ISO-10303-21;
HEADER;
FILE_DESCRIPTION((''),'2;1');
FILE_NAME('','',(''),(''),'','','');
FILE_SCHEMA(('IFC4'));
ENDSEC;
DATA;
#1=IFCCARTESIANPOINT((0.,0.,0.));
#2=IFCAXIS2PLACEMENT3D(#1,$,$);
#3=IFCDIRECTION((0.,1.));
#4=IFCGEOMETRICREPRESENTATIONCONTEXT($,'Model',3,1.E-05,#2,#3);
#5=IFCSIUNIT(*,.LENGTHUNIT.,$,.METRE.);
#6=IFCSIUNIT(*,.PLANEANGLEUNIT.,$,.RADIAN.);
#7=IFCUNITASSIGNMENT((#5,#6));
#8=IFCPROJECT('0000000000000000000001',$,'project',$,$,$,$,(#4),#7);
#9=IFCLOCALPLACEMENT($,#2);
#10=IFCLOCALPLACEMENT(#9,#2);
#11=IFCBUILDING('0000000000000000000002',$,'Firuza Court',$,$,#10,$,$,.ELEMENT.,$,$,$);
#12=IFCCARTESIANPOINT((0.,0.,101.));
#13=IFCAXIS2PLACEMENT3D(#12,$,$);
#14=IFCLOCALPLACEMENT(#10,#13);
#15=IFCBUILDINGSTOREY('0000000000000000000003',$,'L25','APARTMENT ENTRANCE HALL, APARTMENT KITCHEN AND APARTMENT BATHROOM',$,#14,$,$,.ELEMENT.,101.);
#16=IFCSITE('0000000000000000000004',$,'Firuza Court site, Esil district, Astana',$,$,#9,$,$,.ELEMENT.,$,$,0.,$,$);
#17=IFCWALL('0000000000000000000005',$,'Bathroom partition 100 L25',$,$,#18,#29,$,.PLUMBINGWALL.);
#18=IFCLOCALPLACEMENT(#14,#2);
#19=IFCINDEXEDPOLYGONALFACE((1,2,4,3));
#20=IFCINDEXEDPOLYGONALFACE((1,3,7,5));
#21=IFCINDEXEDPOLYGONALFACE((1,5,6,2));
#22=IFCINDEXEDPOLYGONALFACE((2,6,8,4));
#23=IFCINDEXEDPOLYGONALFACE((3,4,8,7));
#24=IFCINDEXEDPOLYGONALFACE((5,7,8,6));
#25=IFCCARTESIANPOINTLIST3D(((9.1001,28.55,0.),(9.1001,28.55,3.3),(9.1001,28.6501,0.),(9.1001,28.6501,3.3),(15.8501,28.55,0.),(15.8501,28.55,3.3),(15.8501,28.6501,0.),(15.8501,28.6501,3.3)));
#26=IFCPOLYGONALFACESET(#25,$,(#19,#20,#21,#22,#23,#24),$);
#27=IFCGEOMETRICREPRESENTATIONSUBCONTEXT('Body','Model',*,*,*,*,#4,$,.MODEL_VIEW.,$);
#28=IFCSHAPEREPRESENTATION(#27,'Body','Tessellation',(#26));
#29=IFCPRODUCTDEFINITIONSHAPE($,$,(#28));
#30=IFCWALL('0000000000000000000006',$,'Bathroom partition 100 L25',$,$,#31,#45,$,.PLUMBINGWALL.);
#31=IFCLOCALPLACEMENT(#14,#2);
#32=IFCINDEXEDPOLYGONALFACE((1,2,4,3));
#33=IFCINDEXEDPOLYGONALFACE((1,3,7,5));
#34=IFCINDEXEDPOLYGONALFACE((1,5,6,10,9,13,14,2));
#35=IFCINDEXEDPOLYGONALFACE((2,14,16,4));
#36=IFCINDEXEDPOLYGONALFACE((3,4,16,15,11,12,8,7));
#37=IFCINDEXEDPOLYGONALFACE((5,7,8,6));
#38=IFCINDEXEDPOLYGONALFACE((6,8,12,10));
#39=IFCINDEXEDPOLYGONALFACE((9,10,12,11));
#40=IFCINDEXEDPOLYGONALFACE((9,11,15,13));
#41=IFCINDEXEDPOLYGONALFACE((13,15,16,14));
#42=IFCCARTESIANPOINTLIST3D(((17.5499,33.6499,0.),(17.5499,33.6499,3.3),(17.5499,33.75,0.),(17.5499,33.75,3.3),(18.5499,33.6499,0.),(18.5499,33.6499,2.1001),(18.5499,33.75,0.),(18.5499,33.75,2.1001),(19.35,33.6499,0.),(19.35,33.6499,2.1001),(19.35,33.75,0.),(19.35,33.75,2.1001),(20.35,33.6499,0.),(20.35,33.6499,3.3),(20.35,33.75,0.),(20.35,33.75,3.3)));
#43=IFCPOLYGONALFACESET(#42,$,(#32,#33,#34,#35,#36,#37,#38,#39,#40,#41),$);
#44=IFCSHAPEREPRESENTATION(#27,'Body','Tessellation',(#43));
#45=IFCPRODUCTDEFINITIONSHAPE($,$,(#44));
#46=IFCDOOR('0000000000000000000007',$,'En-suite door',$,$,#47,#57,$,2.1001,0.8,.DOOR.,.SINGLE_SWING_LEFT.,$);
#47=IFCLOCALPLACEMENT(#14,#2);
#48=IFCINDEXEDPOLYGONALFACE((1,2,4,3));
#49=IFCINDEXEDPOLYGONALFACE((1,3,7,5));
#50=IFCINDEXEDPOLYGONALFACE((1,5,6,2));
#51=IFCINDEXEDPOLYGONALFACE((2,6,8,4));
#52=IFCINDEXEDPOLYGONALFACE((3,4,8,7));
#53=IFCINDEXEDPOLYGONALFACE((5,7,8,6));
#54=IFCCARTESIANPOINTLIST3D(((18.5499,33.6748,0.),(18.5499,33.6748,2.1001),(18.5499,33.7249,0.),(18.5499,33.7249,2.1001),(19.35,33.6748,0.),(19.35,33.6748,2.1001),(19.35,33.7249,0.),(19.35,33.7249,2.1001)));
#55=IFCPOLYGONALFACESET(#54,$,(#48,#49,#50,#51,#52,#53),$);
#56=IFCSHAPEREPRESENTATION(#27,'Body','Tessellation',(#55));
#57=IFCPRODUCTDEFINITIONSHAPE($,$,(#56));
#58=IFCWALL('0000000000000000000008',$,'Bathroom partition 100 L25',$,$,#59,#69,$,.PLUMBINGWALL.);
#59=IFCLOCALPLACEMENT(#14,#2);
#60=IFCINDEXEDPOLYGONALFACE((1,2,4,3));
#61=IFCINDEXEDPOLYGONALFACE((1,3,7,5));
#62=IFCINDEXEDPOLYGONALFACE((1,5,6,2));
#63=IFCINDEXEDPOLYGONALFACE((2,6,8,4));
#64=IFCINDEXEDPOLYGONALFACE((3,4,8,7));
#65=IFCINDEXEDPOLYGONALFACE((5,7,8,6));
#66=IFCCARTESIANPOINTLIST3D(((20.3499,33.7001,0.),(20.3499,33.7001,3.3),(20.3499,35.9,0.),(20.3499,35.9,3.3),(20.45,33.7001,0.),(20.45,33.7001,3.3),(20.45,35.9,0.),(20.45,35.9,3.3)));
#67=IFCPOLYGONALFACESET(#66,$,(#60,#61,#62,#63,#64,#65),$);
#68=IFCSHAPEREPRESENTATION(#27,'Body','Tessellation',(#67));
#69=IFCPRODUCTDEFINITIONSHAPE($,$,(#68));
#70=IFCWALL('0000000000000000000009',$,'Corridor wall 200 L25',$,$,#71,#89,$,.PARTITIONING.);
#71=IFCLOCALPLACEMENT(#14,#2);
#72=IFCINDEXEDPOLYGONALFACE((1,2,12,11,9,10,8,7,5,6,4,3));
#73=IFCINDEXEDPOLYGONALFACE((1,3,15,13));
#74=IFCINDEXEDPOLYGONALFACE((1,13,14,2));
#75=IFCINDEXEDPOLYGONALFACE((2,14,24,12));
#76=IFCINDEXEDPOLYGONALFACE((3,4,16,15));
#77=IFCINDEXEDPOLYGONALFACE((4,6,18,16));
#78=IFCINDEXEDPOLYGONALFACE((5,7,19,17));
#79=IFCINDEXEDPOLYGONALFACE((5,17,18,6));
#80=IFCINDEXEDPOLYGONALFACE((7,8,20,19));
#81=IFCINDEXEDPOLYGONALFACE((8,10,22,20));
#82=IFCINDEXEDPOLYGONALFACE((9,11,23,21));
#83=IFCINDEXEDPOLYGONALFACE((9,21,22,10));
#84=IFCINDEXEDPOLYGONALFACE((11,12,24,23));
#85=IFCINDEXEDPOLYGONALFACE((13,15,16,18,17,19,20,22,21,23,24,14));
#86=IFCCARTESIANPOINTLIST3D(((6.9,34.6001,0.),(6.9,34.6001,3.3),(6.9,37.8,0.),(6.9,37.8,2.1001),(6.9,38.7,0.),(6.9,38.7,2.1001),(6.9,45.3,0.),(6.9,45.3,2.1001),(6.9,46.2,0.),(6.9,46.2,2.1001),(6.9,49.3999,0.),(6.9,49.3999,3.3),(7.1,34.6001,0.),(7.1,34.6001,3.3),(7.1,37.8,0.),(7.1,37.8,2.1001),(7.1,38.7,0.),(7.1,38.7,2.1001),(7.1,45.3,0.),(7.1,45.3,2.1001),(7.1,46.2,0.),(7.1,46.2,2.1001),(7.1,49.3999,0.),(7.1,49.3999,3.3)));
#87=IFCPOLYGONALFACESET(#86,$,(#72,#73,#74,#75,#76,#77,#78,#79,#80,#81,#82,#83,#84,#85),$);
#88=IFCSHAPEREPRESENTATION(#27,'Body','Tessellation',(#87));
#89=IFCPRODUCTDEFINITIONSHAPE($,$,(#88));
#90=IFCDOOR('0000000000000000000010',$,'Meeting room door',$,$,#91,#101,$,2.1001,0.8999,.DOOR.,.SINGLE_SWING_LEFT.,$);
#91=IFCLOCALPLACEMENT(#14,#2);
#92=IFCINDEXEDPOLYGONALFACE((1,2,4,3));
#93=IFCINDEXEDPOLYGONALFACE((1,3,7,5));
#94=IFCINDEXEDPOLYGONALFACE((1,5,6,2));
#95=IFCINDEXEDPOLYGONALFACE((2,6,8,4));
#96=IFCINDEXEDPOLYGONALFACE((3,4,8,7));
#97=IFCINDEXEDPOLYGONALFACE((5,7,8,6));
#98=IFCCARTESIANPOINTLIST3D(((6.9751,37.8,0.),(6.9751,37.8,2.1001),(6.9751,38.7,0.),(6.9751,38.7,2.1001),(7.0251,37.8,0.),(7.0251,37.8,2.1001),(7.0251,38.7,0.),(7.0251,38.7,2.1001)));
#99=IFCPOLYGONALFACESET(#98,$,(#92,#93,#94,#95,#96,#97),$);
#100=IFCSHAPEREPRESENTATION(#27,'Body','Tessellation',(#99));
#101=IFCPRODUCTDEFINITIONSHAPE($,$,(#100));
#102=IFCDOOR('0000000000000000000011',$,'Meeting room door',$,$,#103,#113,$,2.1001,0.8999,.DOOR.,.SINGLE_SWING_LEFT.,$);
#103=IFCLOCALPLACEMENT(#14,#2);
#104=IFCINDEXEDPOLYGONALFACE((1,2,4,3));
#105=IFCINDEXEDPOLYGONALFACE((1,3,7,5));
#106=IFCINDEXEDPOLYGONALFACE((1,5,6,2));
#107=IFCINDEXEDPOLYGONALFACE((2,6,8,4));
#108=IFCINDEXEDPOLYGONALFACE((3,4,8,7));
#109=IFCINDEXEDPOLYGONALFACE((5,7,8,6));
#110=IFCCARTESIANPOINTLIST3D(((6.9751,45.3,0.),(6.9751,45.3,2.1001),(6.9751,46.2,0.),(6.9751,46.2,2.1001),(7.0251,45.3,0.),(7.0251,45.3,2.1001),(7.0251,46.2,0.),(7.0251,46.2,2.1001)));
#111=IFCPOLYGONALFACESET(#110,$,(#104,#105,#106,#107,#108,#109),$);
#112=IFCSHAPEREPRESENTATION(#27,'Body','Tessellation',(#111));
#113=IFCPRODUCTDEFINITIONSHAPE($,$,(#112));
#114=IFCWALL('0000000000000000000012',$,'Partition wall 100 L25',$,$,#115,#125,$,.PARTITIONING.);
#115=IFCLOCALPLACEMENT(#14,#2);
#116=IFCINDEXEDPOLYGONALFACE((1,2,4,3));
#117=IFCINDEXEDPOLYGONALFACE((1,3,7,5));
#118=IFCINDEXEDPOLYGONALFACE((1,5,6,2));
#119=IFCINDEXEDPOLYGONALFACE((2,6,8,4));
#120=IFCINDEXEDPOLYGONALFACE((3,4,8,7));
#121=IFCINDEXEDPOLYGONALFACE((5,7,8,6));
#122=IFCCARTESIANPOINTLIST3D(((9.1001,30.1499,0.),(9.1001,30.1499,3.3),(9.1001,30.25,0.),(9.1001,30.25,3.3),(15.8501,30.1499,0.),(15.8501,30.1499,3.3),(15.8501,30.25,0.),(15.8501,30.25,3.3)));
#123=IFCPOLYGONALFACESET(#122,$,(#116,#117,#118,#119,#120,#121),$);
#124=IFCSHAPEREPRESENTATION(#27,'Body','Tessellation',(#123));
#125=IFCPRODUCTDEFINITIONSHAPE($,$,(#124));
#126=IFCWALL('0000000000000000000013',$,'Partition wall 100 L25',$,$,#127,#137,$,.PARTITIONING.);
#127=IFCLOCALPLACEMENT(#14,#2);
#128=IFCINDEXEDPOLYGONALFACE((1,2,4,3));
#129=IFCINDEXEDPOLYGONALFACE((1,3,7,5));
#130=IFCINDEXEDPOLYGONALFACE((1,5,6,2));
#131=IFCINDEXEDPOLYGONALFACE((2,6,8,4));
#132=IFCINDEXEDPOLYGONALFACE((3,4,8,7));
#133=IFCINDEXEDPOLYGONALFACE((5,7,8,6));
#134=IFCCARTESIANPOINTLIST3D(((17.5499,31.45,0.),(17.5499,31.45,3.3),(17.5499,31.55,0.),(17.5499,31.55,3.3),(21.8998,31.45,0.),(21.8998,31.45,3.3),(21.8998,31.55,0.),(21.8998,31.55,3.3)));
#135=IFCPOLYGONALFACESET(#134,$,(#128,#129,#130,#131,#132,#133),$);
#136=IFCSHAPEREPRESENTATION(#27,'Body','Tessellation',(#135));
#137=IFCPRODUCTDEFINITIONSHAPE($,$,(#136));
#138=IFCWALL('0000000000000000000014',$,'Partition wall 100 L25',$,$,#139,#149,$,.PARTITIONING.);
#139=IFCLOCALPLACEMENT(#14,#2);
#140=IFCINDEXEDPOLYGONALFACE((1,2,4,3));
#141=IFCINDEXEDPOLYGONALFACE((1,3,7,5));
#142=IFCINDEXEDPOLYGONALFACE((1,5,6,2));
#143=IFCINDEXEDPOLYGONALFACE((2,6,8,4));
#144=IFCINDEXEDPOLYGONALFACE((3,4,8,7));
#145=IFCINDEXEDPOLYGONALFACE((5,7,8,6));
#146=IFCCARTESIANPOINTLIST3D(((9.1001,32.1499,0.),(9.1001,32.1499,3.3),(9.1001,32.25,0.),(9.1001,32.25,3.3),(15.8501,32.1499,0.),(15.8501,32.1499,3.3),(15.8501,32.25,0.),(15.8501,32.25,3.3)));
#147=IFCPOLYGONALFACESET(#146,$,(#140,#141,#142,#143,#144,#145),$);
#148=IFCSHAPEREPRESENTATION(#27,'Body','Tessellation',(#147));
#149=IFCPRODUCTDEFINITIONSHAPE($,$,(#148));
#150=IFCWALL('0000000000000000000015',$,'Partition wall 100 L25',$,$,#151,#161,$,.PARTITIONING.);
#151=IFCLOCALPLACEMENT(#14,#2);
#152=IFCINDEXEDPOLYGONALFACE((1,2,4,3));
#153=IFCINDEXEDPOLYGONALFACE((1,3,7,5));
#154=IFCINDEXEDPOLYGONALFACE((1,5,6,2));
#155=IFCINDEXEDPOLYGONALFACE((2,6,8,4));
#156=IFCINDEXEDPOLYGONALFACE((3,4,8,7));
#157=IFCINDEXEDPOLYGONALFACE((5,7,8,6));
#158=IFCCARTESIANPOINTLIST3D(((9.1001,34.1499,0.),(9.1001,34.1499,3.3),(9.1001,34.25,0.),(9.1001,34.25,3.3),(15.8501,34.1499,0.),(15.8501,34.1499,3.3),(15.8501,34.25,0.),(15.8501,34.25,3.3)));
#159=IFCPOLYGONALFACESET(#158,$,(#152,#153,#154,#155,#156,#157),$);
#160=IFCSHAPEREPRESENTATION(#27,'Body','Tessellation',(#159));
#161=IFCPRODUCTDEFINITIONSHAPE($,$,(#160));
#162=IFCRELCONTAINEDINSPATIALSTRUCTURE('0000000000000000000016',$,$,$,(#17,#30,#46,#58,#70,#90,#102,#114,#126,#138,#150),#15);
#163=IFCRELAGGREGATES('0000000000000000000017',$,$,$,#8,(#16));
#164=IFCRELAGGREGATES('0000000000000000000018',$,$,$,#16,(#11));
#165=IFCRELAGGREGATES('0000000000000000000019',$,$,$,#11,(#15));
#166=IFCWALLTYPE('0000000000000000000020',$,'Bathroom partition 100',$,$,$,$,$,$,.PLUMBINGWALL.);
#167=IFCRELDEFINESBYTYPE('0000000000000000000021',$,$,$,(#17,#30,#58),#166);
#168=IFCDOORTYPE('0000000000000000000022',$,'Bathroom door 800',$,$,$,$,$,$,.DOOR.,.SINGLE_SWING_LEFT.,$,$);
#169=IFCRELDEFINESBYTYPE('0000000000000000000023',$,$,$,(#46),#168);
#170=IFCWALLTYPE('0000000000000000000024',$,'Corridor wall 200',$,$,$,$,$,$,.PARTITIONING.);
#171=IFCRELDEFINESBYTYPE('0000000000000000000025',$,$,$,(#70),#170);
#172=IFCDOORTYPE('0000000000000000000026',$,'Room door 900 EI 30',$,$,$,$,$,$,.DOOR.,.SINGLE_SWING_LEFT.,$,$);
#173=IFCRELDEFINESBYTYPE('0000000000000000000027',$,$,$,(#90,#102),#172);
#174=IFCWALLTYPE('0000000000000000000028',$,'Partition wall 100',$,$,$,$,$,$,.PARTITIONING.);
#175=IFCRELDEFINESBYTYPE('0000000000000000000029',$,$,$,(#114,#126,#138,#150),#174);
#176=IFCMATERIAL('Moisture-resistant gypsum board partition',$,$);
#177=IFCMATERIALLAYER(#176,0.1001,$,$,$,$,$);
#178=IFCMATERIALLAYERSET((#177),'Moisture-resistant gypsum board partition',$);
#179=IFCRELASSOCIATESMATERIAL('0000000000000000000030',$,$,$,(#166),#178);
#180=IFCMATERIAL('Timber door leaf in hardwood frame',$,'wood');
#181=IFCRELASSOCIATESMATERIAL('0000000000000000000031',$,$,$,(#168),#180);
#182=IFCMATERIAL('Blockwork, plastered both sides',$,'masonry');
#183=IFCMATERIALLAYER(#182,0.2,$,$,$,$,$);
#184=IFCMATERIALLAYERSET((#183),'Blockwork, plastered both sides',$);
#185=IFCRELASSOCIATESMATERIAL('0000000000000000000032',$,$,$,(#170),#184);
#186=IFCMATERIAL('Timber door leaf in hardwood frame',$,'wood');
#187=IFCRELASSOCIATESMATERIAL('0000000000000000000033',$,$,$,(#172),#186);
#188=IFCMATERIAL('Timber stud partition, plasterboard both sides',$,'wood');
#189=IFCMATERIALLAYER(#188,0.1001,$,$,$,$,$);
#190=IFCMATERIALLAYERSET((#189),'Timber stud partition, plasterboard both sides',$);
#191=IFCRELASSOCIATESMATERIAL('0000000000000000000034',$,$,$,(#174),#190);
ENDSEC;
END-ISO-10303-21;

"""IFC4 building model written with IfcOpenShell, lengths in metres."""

from ifc_helpers import new_model, si_unit, direction, frame, frame_2d, origin, place, context, subcontext, project, spatial, rectangle, extrude, material, layer, layer_set, type_object, element, fill, save


model = new_model("IFC4")

# Units and contexts
model_context = context("Model", 3, precision=1e-05, world=origin(), true_north=direction((0.0, 1.0)))
body_context = subcontext(model_context, "Body", "Model", "MODEL_VIEW")
ifc_project = project(units=[si_unit("LENGTHUNIT", "METRE"), si_unit("PLANEANGLEUNIT", "RADIAN")], contexts=[model_context])

# Site, building, storey
site_placement = place(None, origin())
site = spatial("IfcSite", under=ifc_project, at=site_placement, Name="Firuza Court site, Esil district, Astana", CompositionType="ELEMENT", RefElevation=0.0)
building_placement = place(site_placement, origin())
building = spatial("IfcBuilding", under=site, at=building_placement, Name="Firuza Court", CompositionType="ELEMENT")
storey_placement = place(building_placement, frame((0.0, 0.0, 101.0)))
storey = spatial("IfcBuildingStorey", under=building, at=storey_placement, Name="L25", Description="APARTMENT ENTRANCE HALL, APARTMENT KITCHEN AND APARTMENT BATHROOM", CompositionType="ELEMENT", Elevation=101.0)

# Wall
ifc_material_1 = material(Name="Moisture-resistant gypsum board partition")
ifc_layer_1 = layer(ifc_material_1, 0.1001)
ifc_layer_set_1 = layer_set([ifc_layer_1], Name="Moisture-resistant gypsum board partition")
wall_type_1 = type_object("IfcWallType", Name="Bathroom partition 100", PredefinedType="PLUMBINGWALL", material=ifc_layer_set_1)
wall_1_placement = place(storey_placement, frame((9.1001, 28.6001, 0.0), z_axis=(0.0, 0.0, 1.0), x_axis=(1.0, 0.0, 0.0)))
element("IfcWall", 1, at=wall_1_placement, inside=storey, type_object=wall_type_1, Name="Bathroom partition 100 L25", PredefinedType="PLUMBINGWALL", context=body_context, shape_type="SweptSolid", body=[
    extrude(rectangle(XDim=6.75, YDim=0.1001, at=frame_2d((3.375, 0.0))), origin(), (0.0, 0.0, 1.0), 3.3),
])

# Wall, opening, door
wall_2_placement = place(storey_placement, frame((17.55, 33.7, 0.0), z_axis=(0.0, 0.0, 1.0), x_axis=(1.0, 0.0, 0.0)))
wall_2 = element("IfcWall", 2, at=wall_2_placement, inside=storey, type_object=wall_type_1, Name="Bathroom partition 100 L25", PredefinedType="PLUMBINGWALL", context=body_context, shape_type="SweptSolid", body=[
    extrude(rectangle(XDim=2.8, YDim=0.1001, at=frame_2d((1.3999, 0.0))), origin(), (0.0, 0.0, 1.0), 3.3),
])
opening_1_placement = place(wall_2_placement, frame((1.0, 0.0, 0.0)))
opening_1 = element("IfcOpeningElement", 3, at=opening_1_placement, cuts=wall_2, PredefinedType="OPENING", context=body_context, shape_type="SweptSolid", body=[
    extrude(rectangle(XDim=0.8, YDim=2.1001, at=frame_2d((0.3999, 1.05))), frame((0.0, 0.062, 0.0), z_axis=(0.0, -1.0, 0.0), x_axis=(1.0, 0.0, 0.0)), (0.0, 0.0, 1.0), 0.124),
])
ifc_material_2 = material(Name="Timber door leaf in hardwood frame", Category="wood")
door_type_1 = type_object("IfcDoorType", Name="Bathroom door 800", OperationType="SINGLE_SWING_LEFT", PredefinedType="DOOR", material=ifc_material_2)
door_1_placement = place(opening_1_placement, origin())
door_1 = element("IfcDoor", 4, at=door_1_placement, inside=storey, type_object=door_type_1, Name="En-suite door", OperationType="SINGLE_SWING_LEFT", OverallHeight=2.1001, OverallWidth=0.8, PredefinedType="DOOR", context=body_context, shape_type="SweptSolid", body=[
    extrude(rectangle(XDim=0.8, YDim=2.1001, at=frame_2d((0.3999, 1.05))), frame((0.0, 0.0249, 0.0), z_axis=(0.0, -1.0, 0.0), x_axis=(1.0, 0.0, 0.0)), (0.0, 0.0, 1.0), 0.05),
])
fill(opening_1, door_1)

# Wall
wall_3_placement = place(storey_placement, frame((20.3999, 33.7, 0.0), z_axis=(0.0, 0.0, 1.0), x_axis=(0.0, 1.0, 0.0)))
element("IfcWall", 5, at=wall_3_placement, inside=storey, type_object=wall_type_1, Name="Bathroom partition 100 L25", PredefinedType="PLUMBINGWALL", context=body_context, shape_type="SweptSolid", body=[
    extrude(rectangle(XDim=2.2, YDim=0.1001, at=frame_2d((1.1001, 0.0))), origin(), (0.0, 0.0, 1.0), 3.3),
])

# Wall, openings, doors
ifc_material_3 = material(Name="Blockwork, plastered both sides", Category="masonry")
ifc_layer_2 = layer(ifc_material_3, 0.2)
ifc_layer_set_2 = layer_set([ifc_layer_2], Name="Blockwork, plastered both sides")
wall_type_2 = type_object("IfcWallType", Name="Corridor wall 200", PredefinedType="PARTITIONING", material=ifc_layer_set_2)
wall_4_placement = place(storey_placement, frame((7.0, 34.6001, 0.0), z_axis=(0.0, 0.0, 1.0), x_axis=(0.0, 1.0, 0.0)))
wall_4 = element("IfcWall", 6, at=wall_4_placement, inside=storey, type_object=wall_type_2, Name="Corridor wall 200 L25", PredefinedType="PARTITIONING", context=body_context, shape_type="SweptSolid", body=[
    extrude(rectangle(XDim=14.7998, YDim=0.2, at=frame_2d((7.3999, 0.0))), origin(), (0.0, 0.0, 1.0), 3.3),
])
opening_2_placement = place(wall_4_placement, frame((3.2, 0.0, 0.0)))
opening_2 = element("IfcOpeningElement", 7, at=opening_2_placement, cuts=wall_4, PredefinedType="OPENING", context=body_context, shape_type="SweptSolid", body=[
    extrude(rectangle(XDim=0.8999, YDim=2.1001, at=frame_2d((0.45, 1.05))), frame((0.0, 0.1118, 0.0), z_axis=(0.0, -1.0, 0.0), x_axis=(1.0, 0.0, 0.0)), (0.0, 0.0, 1.0), 0.2239),
])
opening_3_placement = place(wall_4_placement, frame((10.7, 0.0, 0.0)))
opening_3 = element("IfcOpeningElement", 8, at=opening_3_placement, cuts=wall_4, PredefinedType="OPENING", context=body_context, shape_type="SweptSolid", body=[
    extrude(rectangle(XDim=0.8999, YDim=2.1001, at=frame_2d((0.45, 1.05))), frame((0.0, 0.1118, 0.0), z_axis=(0.0, -1.0, 0.0), x_axis=(1.0, 0.0, 0.0)), (0.0, 0.0, 1.0), 0.2239),
])
ifc_material_4 = material(Name="Timber door leaf in hardwood frame", Category="wood")
door_type_2 = type_object("IfcDoorType", Name="Room door 900 EI 30", OperationType="SINGLE_SWING_LEFT", PredefinedType="DOOR", material=ifc_material_4)
door_2_placement = place(opening_2_placement, origin())
door_2 = element("IfcDoor", 9, at=door_2_placement, inside=storey, type_object=door_type_2, Name="Meeting room door", OperationType="SINGLE_SWING_LEFT", OverallHeight=2.1001, OverallWidth=0.8999, PredefinedType="DOOR", context=body_context, shape_type="SweptSolid", body=[
    extrude(rectangle(XDim=0.8999, YDim=2.1001, at=frame_2d((0.45, 1.05))), frame((0.0, 0.0249, 0.0), z_axis=(0.0, -1.0, 0.0), x_axis=(1.0, 0.0, 0.0)), (0.0, 0.0, 1.0), 0.05),
])
fill(opening_2, door_2)
door_3_placement = place(opening_3_placement, origin())
door_3 = element("IfcDoor", 10, at=door_3_placement, inside=storey, type_object=door_type_2, Name="Meeting room door", OperationType="SINGLE_SWING_LEFT", OverallHeight=2.1001, OverallWidth=0.8999, PredefinedType="DOOR", context=body_context, shape_type="SweptSolid", body=[
    extrude(rectangle(XDim=0.8999, YDim=2.1001, at=frame_2d((0.45, 1.05))), frame((0.0, 0.0249, 0.0), z_axis=(0.0, -1.0, 0.0), x_axis=(1.0, 0.0, 0.0)), (0.0, 0.0, 1.0), 0.05),
])
fill(opening_3, door_3)

# Walls
ifc_material_5 = material(Name="Timber stud partition, plasterboard both sides", Category="wood")
ifc_layer_3 = layer(ifc_material_5, 0.1001)
ifc_layer_set_3 = layer_set([ifc_layer_3], Name="Timber stud partition, plasterboard both sides")
wall_type_3 = type_object("IfcWallType", Name="Partition wall 100", PredefinedType="PARTITIONING", material=ifc_layer_set_3)
wall_5_placement = place(storey_placement, frame((9.1001, 30.2, 0.0), z_axis=(0.0, 0.0, 1.0), x_axis=(1.0, 0.0, 0.0)))
element("IfcWall", 11, at=wall_5_placement, inside=storey, type_object=wall_type_3, Name="Partition wall 100 L25", PredefinedType="PARTITIONING", context=body_context, shape_type="SweptSolid", body=[
    extrude(rectangle(XDim=6.75, YDim=0.1001, at=frame_2d((3.375, 0.0))), origin(), (0.0, 0.0, 1.0), 3.3),
])
wall_6_placement = place(storey_placement, frame((17.55, 31.5, 0.0), z_axis=(0.0, 0.0, 1.0), x_axis=(1.0, 0.0, 0.0)))
element("IfcWall", 12, at=wall_6_placement, inside=storey, type_object=wall_type_3, Name="Partition wall 100 L25", PredefinedType="PARTITIONING", context=body_context, shape_type="SweptSolid", body=[
    extrude(rectangle(XDim=4.3499, YDim=0.1001, at=frame_2d((2.1748, 0.0))), origin(), (0.0, 0.0, 1.0), 3.3),
])
for number, where, z_axis, x_axis, name in (
    (13, (9.1001, 32.2, 0.0), (0.0, 0.0, 1.0), (1.0, 0.0, 0.0), "Partition wall 100 L25"),
    (14, (9.1001, 34.2, 0.0), (0.0, 0.0, 1.0), (1.0, 0.0, 0.0), "Partition wall 100 L25"),
):
    element("IfcWall", number, at=place(storey_placement, frame(where, z_axis=z_axis, x_axis=x_axis)), inside=storey, type_object=wall_type_3, Name=name, PredefinedType="PARTITIONING", context=body_context, shape_type="SweptSolid", body=[
        extrude(rectangle(XDim=6.75, YDim=0.1001, at=frame_2d((3.375, 0.0))), origin(), (0.0, 0.0, 1.0), 3.3),
    ])

save(model, "model.ifc")
